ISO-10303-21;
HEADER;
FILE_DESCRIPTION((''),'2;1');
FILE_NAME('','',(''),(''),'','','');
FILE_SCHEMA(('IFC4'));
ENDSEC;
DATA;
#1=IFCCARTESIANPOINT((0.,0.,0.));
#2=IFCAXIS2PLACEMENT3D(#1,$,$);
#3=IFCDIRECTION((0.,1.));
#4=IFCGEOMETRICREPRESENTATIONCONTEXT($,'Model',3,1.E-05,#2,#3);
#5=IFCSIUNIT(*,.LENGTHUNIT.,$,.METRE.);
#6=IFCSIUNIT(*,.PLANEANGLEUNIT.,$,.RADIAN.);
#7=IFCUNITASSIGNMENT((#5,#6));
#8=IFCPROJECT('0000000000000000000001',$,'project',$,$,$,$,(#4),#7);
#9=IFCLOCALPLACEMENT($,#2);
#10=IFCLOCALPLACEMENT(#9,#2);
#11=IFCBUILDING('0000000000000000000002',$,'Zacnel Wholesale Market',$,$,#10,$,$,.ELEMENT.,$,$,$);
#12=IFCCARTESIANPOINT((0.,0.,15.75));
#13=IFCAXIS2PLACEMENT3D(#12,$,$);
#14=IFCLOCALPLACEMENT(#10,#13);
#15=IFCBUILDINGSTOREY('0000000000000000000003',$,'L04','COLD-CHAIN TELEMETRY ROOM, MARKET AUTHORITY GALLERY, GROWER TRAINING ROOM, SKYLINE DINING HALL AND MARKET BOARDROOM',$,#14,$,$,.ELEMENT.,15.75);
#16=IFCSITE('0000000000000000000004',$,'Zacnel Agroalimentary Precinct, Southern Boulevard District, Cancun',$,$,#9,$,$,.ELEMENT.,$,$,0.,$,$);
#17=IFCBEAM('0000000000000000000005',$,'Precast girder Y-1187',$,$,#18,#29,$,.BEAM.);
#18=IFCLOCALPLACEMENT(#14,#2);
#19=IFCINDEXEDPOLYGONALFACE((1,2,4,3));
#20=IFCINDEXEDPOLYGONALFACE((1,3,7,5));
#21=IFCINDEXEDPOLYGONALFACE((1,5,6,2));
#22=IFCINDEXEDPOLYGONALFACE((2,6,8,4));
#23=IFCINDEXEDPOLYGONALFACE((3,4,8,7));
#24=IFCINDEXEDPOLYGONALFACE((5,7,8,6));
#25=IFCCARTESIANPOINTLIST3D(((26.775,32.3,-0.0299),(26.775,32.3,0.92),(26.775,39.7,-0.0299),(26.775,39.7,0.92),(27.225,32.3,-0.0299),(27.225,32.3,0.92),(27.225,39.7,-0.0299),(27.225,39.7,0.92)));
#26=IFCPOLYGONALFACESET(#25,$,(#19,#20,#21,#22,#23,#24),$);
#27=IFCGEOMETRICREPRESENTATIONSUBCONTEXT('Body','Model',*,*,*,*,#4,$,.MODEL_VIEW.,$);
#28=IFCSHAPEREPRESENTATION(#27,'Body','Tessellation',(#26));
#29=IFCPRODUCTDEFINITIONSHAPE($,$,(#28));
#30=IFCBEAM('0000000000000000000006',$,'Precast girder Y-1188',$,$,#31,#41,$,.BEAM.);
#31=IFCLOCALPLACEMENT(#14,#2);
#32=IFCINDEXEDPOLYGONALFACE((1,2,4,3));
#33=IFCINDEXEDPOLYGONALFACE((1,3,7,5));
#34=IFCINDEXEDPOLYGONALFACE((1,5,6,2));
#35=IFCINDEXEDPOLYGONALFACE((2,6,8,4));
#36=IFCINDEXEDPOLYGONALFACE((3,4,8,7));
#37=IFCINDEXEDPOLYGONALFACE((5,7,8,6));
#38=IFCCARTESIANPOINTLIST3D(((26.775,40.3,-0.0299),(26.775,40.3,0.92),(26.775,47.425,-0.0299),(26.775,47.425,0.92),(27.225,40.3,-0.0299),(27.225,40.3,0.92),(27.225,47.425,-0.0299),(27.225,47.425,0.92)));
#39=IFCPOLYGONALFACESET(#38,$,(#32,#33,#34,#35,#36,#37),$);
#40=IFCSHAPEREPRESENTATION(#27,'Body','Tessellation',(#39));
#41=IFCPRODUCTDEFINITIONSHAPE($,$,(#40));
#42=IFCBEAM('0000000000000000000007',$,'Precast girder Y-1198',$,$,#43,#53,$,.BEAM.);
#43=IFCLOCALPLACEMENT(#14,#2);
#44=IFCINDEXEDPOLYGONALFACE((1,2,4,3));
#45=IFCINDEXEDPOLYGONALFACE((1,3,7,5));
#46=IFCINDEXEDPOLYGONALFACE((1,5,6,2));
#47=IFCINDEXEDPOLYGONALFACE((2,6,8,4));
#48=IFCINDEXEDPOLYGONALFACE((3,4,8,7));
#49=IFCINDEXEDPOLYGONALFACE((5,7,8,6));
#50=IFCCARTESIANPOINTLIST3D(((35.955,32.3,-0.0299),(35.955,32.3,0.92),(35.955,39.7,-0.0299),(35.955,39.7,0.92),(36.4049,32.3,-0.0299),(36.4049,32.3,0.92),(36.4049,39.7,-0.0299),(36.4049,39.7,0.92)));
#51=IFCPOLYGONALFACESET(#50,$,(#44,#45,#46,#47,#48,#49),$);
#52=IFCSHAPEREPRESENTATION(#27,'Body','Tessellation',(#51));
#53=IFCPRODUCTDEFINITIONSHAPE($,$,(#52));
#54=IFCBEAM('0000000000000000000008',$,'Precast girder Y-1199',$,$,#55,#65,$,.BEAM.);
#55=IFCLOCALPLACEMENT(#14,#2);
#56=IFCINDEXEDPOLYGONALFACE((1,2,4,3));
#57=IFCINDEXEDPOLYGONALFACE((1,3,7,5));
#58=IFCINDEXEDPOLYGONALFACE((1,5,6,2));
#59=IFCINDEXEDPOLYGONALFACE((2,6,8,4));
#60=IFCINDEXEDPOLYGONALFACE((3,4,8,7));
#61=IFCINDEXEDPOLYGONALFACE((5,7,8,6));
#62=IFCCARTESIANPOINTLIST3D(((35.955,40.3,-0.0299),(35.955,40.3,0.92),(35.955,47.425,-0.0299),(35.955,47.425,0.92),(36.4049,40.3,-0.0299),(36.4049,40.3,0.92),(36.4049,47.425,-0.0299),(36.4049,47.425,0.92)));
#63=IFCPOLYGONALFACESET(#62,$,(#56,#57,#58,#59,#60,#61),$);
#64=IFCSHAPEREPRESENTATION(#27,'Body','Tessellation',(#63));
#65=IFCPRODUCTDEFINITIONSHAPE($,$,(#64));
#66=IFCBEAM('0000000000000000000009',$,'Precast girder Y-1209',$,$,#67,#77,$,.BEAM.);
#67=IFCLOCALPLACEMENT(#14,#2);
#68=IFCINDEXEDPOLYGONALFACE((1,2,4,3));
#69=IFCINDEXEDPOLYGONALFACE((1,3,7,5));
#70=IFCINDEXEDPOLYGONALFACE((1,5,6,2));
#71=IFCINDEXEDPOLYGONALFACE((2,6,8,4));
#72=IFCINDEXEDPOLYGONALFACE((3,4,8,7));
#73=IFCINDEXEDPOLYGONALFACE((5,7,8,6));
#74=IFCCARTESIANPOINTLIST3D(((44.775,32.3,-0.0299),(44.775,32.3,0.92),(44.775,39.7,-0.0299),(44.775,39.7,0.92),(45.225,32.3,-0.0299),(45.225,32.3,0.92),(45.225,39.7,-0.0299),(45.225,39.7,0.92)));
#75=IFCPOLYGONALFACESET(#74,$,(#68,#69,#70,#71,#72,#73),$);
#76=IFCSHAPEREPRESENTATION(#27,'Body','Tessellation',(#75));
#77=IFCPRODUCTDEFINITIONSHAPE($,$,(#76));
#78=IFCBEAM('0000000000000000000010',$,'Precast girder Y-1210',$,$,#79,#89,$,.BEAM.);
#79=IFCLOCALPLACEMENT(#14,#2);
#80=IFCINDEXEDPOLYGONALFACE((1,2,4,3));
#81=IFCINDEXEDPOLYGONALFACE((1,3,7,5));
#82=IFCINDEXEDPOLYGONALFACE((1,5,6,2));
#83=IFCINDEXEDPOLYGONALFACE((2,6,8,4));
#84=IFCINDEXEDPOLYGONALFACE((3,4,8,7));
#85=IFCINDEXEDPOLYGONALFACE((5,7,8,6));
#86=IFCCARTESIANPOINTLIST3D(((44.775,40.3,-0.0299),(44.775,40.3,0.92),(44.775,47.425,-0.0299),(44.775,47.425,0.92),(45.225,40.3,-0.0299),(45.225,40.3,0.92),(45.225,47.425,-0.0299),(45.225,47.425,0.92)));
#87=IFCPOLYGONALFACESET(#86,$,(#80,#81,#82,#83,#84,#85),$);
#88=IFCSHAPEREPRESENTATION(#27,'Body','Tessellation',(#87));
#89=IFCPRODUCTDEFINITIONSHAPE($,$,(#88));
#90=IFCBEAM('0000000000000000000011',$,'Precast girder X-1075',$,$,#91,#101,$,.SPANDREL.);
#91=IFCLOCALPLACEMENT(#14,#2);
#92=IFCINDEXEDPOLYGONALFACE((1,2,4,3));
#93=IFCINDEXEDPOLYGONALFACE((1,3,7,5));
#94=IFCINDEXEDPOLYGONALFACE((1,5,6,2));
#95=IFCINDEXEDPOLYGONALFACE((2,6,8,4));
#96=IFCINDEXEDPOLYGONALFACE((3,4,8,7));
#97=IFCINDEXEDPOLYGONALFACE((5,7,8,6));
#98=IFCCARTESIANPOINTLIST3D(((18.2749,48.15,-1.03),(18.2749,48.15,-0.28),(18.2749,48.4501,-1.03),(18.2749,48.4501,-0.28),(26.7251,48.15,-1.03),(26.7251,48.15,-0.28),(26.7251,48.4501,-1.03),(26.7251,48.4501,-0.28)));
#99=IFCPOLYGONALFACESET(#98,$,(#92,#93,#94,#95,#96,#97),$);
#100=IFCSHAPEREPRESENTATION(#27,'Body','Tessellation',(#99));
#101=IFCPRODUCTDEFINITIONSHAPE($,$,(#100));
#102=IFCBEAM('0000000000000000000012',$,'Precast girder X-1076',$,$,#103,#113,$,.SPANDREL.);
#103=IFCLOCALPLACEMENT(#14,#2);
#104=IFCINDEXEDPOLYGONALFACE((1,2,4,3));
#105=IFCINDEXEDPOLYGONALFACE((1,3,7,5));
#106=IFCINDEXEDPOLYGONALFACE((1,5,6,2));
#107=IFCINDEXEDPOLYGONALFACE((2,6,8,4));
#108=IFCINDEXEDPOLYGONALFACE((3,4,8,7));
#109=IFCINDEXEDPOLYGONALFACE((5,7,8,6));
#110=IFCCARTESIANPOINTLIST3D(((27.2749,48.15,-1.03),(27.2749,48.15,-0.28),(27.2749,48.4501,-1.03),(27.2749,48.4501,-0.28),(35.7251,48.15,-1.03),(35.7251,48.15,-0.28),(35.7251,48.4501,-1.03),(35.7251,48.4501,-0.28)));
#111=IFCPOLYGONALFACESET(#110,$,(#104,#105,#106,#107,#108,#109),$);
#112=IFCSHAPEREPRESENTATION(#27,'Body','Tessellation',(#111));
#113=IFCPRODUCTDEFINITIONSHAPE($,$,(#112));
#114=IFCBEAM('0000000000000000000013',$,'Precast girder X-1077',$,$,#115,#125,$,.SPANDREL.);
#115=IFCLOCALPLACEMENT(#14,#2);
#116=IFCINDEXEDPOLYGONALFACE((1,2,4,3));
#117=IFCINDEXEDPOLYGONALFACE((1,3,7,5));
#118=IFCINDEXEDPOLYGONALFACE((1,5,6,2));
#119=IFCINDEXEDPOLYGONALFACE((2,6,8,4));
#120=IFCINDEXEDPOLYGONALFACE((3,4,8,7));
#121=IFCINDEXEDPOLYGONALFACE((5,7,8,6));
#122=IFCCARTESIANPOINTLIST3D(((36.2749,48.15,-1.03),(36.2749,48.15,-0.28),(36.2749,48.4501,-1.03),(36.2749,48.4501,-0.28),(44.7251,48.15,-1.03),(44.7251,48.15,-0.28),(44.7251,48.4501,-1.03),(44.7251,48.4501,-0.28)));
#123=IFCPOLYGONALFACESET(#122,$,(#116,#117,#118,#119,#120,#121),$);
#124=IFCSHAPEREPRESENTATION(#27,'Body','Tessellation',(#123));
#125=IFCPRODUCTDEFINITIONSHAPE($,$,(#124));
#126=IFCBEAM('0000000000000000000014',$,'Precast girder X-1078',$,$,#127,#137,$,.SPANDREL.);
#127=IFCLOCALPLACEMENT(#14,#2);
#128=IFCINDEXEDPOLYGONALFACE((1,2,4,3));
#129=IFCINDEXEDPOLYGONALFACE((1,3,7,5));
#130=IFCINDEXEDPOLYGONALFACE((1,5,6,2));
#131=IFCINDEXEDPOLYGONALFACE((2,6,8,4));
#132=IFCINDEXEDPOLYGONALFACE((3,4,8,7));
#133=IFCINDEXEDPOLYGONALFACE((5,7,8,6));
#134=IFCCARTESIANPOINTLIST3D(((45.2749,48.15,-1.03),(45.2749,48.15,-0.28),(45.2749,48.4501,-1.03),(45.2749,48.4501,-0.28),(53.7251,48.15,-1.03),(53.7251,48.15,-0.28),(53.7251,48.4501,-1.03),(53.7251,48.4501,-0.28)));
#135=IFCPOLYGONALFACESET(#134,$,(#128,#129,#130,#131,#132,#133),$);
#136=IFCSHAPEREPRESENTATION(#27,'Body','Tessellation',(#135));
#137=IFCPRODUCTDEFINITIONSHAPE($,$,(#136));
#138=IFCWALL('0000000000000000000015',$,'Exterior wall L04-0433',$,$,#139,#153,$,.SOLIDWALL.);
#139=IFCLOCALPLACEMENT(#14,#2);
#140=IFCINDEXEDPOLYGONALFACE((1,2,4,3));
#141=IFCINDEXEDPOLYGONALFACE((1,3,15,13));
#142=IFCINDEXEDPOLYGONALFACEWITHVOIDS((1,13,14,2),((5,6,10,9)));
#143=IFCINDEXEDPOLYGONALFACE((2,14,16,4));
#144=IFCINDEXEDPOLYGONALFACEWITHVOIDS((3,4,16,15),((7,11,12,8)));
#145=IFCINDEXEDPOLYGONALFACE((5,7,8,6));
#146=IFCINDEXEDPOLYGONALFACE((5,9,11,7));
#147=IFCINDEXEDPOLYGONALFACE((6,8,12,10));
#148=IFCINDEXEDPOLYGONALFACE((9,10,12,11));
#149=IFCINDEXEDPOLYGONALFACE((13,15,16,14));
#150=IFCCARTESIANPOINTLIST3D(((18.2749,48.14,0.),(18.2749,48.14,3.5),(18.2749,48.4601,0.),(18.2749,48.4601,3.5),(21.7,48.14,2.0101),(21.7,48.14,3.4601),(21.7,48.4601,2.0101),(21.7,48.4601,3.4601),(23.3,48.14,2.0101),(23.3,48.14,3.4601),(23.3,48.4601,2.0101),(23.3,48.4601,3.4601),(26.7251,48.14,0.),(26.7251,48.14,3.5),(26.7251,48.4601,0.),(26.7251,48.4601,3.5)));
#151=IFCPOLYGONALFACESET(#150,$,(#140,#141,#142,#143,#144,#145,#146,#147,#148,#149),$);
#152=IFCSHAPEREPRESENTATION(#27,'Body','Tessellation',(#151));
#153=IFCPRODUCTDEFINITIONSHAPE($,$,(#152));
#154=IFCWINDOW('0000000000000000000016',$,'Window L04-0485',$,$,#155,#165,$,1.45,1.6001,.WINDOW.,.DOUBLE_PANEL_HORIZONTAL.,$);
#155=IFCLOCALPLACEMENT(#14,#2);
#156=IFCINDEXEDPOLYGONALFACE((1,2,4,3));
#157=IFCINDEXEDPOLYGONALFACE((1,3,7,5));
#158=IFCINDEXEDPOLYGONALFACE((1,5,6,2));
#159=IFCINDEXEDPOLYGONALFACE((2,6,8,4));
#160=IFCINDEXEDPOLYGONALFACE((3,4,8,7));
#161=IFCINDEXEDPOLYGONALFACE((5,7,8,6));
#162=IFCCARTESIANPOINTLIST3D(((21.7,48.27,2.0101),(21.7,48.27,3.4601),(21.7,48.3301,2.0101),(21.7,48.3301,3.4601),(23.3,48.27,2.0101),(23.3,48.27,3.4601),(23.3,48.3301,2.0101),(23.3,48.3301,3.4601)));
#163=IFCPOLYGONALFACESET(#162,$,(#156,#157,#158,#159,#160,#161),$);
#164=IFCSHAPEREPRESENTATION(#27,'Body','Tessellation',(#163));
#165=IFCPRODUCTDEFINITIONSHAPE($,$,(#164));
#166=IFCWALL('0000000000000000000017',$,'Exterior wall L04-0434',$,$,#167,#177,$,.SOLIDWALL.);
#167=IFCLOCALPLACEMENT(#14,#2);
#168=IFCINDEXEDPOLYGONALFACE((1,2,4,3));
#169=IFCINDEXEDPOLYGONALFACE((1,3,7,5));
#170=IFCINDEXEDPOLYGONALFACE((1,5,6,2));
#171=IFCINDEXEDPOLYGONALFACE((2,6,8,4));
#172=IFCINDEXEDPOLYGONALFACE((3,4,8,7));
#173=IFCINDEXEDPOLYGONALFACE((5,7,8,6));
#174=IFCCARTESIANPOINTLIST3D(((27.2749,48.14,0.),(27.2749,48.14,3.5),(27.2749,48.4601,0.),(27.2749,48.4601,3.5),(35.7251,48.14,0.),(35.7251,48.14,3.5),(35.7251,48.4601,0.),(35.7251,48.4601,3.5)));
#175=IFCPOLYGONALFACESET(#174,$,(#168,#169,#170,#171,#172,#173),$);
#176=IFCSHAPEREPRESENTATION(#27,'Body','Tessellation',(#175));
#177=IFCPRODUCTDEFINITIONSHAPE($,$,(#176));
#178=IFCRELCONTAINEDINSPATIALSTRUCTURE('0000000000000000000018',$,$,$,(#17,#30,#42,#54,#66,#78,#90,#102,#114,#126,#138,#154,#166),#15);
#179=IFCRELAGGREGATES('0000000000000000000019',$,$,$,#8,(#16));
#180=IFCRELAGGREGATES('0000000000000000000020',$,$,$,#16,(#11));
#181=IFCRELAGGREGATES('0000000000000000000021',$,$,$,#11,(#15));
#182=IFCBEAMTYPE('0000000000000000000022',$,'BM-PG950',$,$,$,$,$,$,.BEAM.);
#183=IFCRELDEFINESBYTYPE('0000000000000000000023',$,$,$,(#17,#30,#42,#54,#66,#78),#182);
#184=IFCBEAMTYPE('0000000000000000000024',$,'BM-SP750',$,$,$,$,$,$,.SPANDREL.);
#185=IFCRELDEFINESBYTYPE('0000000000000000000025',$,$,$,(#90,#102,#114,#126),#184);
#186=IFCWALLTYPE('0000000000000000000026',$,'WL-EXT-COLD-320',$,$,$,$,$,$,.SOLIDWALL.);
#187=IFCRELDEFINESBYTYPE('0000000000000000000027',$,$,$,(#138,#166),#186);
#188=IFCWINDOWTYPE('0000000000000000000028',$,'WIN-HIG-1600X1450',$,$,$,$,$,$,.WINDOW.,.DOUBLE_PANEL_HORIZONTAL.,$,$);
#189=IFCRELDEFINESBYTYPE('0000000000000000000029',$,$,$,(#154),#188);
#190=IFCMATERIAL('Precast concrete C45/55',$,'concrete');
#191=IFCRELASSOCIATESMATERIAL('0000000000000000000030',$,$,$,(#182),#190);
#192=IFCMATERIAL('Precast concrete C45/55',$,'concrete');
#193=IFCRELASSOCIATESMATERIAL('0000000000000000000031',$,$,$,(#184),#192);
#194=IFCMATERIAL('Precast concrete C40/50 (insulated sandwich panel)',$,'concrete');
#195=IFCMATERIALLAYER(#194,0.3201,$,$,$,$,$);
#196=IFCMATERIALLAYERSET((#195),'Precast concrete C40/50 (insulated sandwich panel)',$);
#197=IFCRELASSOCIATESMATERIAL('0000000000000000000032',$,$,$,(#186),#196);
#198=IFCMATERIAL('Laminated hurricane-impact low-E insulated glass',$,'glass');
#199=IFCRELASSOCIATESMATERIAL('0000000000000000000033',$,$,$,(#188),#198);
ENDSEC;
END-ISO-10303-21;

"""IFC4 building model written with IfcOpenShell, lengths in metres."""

from ifc_helpers import new_model, si_unit, direction, frame, frame_2d, origin, origin_2d, place, context, subcontext, project, spatial, rectangle, extrude, material, layer, layer_set, material_profile, profile_set, type_object, element, fill, save


model = new_model("IFC4")

# Units and contexts
model_context = context("Model", 3, precision=1e-05, world=origin(), true_north=direction((0.0, 1.0)))
body_context = subcontext(model_context, "Body", "Model", "MODEL_VIEW")
ifc_project = project(units=[si_unit("LENGTHUNIT", "METRE"), si_unit("PLANEANGLEUNIT", "RADIAN")], contexts=[model_context])

# Site, building, storey
site_placement = place(None, origin())
site = spatial("IfcSite", under=ifc_project, at=site_placement, Name="Zacnel Agroalimentary Precinct, Southern Boulevard District, Cancun", CompositionType="ELEMENT", RefElevation=0.0)
building_placement = place(site_placement, origin())
building = spatial("IfcBuilding", under=site, at=building_placement, Name="Zacnel Wholesale Market", CompositionType="ELEMENT")
storey_placement = place(building_placement, frame((0.0, 0.0, 15.75)))
storey = spatial("IfcBuildingStorey", under=building, at=storey_placement, Name="L04", Description="COLD-CHAIN TELEMETRY ROOM, MARKET AUTHORITY GALLERY, GROWER TRAINING ROOM, SKYLINE DINING HALL AND MARKET BOARDROOM", CompositionType="ELEMENT", Elevation=15.75)

# Beams
ifc_material_1 = material(Name="Precast concrete C45/55", Category="concrete")
ifc_material_profile_1 = material_profile(ifc_material_1, rectangle(XDim=0.45, YDim=0.95, at=origin_2d()), Name="PG 450x950")
ifc_profile_set_1 = profile_set([ifc_material_profile_1], Name="Precast concrete C45/55")
beam_type_1 = type_object("IfcBeamType", Name="BM-PG950", PredefinedType="BEAM", material=ifc_profile_set_1)
beam_1_placement = place(storey_placement, frame((27.0, 32.3, 0.4451), z_axis=(0.0, 1.0, 0.0), x_axis=(-1.0, 0.0, 0.0)))
element("IfcBeam", 1, at=beam_1_placement, inside=storey, type_object=beam_type_1, Name="Precast girder Y-1187", PredefinedType="BEAM", context=body_context, shape_type="SweptSolid", body=[
    extrude(rectangle(XDim=0.45, YDim=0.95, at=origin_2d()), origin(), (0.0, 0.0, 1.0), 7.3999),
])
beam_2_placement = place(storey_placement, frame((27.0, 40.3, 0.4451), z_axis=(0.0, 1.0, 0.0), x_axis=(-1.0, 0.0, 0.0)))
element("IfcBeam", 2, at=beam_2_placement, inside=storey, type_object=beam_type_1, Name="Precast girder Y-1188", PredefinedType="BEAM", context=body_context, shape_type="SweptSolid", body=[
    extrude(rectangle(XDim=0.45, YDim=0.95, at=origin_2d()), origin(), (0.0, 0.0, 1.0), 7.125),
])
beam_3_placement = place(storey_placement, frame((36.1799, 32.3, 0.4451), z_axis=(0.0, 1.0, 0.0), x_axis=(-1.0, 0.0, 0.0)))
element("IfcBeam", 3, at=beam_3_placement, inside=storey, type_object=beam_type_1, Name="Precast girder Y-1198", PredefinedType="BEAM", context=body_context, shape_type="SweptSolid", body=[
    extrude(rectangle(XDim=0.45, YDim=0.95, at=origin_2d()), origin(), (0.0, 0.0, 1.0), 7.3999),
])
beam_4_placement = place(storey_placement, frame((36.1799, 40.3, 0.4451), z_axis=(0.0, 1.0, 0.0), x_axis=(-1.0, 0.0, 0.0)))
element("IfcBeam", 4, at=beam_4_placement, inside=storey, type_object=beam_type_1, Name="Precast girder Y-1199", PredefinedType="BEAM", context=body_context, shape_type="SweptSolid", body=[
    extrude(rectangle(XDim=0.45, YDim=0.95, at=origin_2d()), origin(), (0.0, 0.0, 1.0), 7.125),
])
beam_5_placement = place(storey_placement, frame((45.0, 32.3, 0.4451), z_axis=(0.0, 1.0, 0.0), x_axis=(-1.0, 0.0, 0.0)))
element("IfcBeam", 5, at=beam_5_placement, inside=storey, type_object=beam_type_1, Name="Precast girder Y-1209", PredefinedType="BEAM", context=body_context, shape_type="SweptSolid", body=[
    extrude(rectangle(XDim=0.45, YDim=0.95, at=origin_2d()), origin(), (0.0, 0.0, 1.0), 7.3999),
])
beam_6_placement = place(storey_placement, frame((45.0, 40.3, 0.4451), z_axis=(0.0, 1.0, 0.0), x_axis=(-1.0, 0.0, 0.0)))
element("IfcBeam", 6, at=beam_6_placement, inside=storey, type_object=beam_type_1, Name="Precast girder Y-1210", PredefinedType="BEAM", context=body_context, shape_type="SweptSolid", body=[
    extrude(rectangle(XDim=0.45, YDim=0.95, at=origin_2d()), origin(), (0.0, 0.0, 1.0), 7.125),
])
ifc_material_2 = material(Name="Precast concrete C45/55", Category="concrete")
ifc_material_profile_2 = material_profile(ifc_material_2, rectangle(XDim=0.3, YDim=0.75, at=origin_2d()), Name="SP 300x750")
ifc_profile_set_2 = profile_set([ifc_material_profile_2], Name="Precast concrete C45/55")
beam_type_2 = type_object("IfcBeamType", Name="BM-SP750", PredefinedType="SPANDREL", material=ifc_profile_set_2)
for number, where, z_axis, x_axis, name in (
    (7, (18.2749, 48.3, -0.655), (1.0, 0.0, 0.0), (0.0, 1.0, 0.0), "Precast girder X-1075"),
    (8, (27.2749, 48.3, -0.655), (1.0, 0.0, 0.0), (0.0, 1.0, 0.0), "Precast girder X-1076"),
    (9, (36.2749, 48.3, -0.655), (1.0, 0.0, 0.0), (0.0, 1.0, 0.0), "Precast girder X-1077"),
    (10, (45.2749, 48.3, -0.655), (1.0, 0.0, 0.0), (0.0, 1.0, 0.0), "Precast girder X-1078"),
):
    element("IfcBeam", number, at=place(storey_placement, frame(where, z_axis=z_axis, x_axis=x_axis)), inside=storey, type_object=beam_type_2, Name=name, PredefinedType="SPANDREL", context=body_context, shape_type="SweptSolid", body=[
        extrude(rectangle(XDim=0.3, YDim=0.75, at=origin_2d()), origin(), (0.0, 0.0, 1.0), 8.4502),
    ])

# Wall, opening, window
ifc_material_3 = material(Name="Precast concrete C40/50 (insulated sandwich panel)", Category="concrete")
ifc_layer = layer(ifc_material_3, 0.3201)
ifc_layer_set = layer_set([ifc_layer], Name="Precast concrete C40/50 (insulated sandwich panel)")
wall_type = type_object("IfcWallType", Name="WL-EXT-COLD-320", PredefinedType="SOLIDWALL", material=ifc_layer_set)
wall_1_placement = place(storey_placement, frame((18.2749, 48.3, 0.0), z_axis=(0.0, 0.0, 1.0), x_axis=(1.0, 0.0, 0.0)))
wall_1 = element("IfcWall", 11, at=wall_1_placement, inside=storey, type_object=wall_type, Name="Exterior wall L04-0433", PredefinedType="SOLIDWALL", context=body_context, shape_type="SweptSolid", body=[
    extrude(rectangle(XDim=8.4502, YDim=0.3201, at=frame_2d((4.2251, 0.0))), origin(), (0.0, 0.0, 1.0), 3.5),
])
opening_1_placement = place(wall_1_placement, frame((3.425, 0.0, 2.01)))
opening_1 = element("IfcOpeningElement", 12, at=opening_1_placement, cuts=wall_1, PredefinedType="OPENING", context=body_context, shape_type="SweptSolid", body=[
    extrude(rectangle(XDim=1.6001, YDim=1.45, at=frame_2d((0.8, 0.7251))), frame((0.0, 0.1699, 0.0), z_axis=(0.0, -1.0, 0.0), x_axis=(1.0, 0.0, 0.0)), (0.0, 0.0, 1.0), 0.3401),
])
ifc_material_4 = material(Name="Laminated hurricane-impact low-E insulated glass", Category="glass")
window_type = type_object("IfcWindowType", Name="WIN-HIG-1600X1450", PartitioningType="DOUBLE_PANEL_HORIZONTAL", PredefinedType="WINDOW", material=ifc_material_4)
window_1_placement = place(opening_1_placement, origin())
window_1 = element("IfcWindow", 13, at=window_1_placement, inside=storey, type_object=window_type, Name="Window L04-0485", OverallHeight=1.45, OverallWidth=1.6001, PartitioningType="DOUBLE_PANEL_HORIZONTAL", PredefinedType="WINDOW", context=body_context, shape_type="SweptSolid", body=[
    extrude(rectangle(XDim=1.6001, YDim=1.45, at=frame_2d((0.8, 0.7251))), frame((0.0, 0.03, 0.0), z_axis=(0.0, -1.0, 0.0), x_axis=(1.0, 0.0, 0.0)), (0.0, 0.0, 1.0), 0.0601),
])
fill(opening_1, window_1)

# Wall
wall_2_placement = place(storey_placement, frame((27.2749, 48.3, 0.0), z_axis=(0.0, 0.0, 1.0), x_axis=(1.0, 0.0, 0.0)))
element("IfcWall", 14, at=wall_2_placement, inside=storey, type_object=wall_type, Name="Exterior wall L04-0434", PredefinedType="SOLIDWALL", context=body_context, shape_type="SweptSolid", body=[
    extrude(rectangle(XDim=8.4502, YDim=0.3201, at=frame_2d((4.2251, 0.0))), origin(), (0.0, 0.0, 1.0), 3.5),
])

save(model, "model.ifc")
